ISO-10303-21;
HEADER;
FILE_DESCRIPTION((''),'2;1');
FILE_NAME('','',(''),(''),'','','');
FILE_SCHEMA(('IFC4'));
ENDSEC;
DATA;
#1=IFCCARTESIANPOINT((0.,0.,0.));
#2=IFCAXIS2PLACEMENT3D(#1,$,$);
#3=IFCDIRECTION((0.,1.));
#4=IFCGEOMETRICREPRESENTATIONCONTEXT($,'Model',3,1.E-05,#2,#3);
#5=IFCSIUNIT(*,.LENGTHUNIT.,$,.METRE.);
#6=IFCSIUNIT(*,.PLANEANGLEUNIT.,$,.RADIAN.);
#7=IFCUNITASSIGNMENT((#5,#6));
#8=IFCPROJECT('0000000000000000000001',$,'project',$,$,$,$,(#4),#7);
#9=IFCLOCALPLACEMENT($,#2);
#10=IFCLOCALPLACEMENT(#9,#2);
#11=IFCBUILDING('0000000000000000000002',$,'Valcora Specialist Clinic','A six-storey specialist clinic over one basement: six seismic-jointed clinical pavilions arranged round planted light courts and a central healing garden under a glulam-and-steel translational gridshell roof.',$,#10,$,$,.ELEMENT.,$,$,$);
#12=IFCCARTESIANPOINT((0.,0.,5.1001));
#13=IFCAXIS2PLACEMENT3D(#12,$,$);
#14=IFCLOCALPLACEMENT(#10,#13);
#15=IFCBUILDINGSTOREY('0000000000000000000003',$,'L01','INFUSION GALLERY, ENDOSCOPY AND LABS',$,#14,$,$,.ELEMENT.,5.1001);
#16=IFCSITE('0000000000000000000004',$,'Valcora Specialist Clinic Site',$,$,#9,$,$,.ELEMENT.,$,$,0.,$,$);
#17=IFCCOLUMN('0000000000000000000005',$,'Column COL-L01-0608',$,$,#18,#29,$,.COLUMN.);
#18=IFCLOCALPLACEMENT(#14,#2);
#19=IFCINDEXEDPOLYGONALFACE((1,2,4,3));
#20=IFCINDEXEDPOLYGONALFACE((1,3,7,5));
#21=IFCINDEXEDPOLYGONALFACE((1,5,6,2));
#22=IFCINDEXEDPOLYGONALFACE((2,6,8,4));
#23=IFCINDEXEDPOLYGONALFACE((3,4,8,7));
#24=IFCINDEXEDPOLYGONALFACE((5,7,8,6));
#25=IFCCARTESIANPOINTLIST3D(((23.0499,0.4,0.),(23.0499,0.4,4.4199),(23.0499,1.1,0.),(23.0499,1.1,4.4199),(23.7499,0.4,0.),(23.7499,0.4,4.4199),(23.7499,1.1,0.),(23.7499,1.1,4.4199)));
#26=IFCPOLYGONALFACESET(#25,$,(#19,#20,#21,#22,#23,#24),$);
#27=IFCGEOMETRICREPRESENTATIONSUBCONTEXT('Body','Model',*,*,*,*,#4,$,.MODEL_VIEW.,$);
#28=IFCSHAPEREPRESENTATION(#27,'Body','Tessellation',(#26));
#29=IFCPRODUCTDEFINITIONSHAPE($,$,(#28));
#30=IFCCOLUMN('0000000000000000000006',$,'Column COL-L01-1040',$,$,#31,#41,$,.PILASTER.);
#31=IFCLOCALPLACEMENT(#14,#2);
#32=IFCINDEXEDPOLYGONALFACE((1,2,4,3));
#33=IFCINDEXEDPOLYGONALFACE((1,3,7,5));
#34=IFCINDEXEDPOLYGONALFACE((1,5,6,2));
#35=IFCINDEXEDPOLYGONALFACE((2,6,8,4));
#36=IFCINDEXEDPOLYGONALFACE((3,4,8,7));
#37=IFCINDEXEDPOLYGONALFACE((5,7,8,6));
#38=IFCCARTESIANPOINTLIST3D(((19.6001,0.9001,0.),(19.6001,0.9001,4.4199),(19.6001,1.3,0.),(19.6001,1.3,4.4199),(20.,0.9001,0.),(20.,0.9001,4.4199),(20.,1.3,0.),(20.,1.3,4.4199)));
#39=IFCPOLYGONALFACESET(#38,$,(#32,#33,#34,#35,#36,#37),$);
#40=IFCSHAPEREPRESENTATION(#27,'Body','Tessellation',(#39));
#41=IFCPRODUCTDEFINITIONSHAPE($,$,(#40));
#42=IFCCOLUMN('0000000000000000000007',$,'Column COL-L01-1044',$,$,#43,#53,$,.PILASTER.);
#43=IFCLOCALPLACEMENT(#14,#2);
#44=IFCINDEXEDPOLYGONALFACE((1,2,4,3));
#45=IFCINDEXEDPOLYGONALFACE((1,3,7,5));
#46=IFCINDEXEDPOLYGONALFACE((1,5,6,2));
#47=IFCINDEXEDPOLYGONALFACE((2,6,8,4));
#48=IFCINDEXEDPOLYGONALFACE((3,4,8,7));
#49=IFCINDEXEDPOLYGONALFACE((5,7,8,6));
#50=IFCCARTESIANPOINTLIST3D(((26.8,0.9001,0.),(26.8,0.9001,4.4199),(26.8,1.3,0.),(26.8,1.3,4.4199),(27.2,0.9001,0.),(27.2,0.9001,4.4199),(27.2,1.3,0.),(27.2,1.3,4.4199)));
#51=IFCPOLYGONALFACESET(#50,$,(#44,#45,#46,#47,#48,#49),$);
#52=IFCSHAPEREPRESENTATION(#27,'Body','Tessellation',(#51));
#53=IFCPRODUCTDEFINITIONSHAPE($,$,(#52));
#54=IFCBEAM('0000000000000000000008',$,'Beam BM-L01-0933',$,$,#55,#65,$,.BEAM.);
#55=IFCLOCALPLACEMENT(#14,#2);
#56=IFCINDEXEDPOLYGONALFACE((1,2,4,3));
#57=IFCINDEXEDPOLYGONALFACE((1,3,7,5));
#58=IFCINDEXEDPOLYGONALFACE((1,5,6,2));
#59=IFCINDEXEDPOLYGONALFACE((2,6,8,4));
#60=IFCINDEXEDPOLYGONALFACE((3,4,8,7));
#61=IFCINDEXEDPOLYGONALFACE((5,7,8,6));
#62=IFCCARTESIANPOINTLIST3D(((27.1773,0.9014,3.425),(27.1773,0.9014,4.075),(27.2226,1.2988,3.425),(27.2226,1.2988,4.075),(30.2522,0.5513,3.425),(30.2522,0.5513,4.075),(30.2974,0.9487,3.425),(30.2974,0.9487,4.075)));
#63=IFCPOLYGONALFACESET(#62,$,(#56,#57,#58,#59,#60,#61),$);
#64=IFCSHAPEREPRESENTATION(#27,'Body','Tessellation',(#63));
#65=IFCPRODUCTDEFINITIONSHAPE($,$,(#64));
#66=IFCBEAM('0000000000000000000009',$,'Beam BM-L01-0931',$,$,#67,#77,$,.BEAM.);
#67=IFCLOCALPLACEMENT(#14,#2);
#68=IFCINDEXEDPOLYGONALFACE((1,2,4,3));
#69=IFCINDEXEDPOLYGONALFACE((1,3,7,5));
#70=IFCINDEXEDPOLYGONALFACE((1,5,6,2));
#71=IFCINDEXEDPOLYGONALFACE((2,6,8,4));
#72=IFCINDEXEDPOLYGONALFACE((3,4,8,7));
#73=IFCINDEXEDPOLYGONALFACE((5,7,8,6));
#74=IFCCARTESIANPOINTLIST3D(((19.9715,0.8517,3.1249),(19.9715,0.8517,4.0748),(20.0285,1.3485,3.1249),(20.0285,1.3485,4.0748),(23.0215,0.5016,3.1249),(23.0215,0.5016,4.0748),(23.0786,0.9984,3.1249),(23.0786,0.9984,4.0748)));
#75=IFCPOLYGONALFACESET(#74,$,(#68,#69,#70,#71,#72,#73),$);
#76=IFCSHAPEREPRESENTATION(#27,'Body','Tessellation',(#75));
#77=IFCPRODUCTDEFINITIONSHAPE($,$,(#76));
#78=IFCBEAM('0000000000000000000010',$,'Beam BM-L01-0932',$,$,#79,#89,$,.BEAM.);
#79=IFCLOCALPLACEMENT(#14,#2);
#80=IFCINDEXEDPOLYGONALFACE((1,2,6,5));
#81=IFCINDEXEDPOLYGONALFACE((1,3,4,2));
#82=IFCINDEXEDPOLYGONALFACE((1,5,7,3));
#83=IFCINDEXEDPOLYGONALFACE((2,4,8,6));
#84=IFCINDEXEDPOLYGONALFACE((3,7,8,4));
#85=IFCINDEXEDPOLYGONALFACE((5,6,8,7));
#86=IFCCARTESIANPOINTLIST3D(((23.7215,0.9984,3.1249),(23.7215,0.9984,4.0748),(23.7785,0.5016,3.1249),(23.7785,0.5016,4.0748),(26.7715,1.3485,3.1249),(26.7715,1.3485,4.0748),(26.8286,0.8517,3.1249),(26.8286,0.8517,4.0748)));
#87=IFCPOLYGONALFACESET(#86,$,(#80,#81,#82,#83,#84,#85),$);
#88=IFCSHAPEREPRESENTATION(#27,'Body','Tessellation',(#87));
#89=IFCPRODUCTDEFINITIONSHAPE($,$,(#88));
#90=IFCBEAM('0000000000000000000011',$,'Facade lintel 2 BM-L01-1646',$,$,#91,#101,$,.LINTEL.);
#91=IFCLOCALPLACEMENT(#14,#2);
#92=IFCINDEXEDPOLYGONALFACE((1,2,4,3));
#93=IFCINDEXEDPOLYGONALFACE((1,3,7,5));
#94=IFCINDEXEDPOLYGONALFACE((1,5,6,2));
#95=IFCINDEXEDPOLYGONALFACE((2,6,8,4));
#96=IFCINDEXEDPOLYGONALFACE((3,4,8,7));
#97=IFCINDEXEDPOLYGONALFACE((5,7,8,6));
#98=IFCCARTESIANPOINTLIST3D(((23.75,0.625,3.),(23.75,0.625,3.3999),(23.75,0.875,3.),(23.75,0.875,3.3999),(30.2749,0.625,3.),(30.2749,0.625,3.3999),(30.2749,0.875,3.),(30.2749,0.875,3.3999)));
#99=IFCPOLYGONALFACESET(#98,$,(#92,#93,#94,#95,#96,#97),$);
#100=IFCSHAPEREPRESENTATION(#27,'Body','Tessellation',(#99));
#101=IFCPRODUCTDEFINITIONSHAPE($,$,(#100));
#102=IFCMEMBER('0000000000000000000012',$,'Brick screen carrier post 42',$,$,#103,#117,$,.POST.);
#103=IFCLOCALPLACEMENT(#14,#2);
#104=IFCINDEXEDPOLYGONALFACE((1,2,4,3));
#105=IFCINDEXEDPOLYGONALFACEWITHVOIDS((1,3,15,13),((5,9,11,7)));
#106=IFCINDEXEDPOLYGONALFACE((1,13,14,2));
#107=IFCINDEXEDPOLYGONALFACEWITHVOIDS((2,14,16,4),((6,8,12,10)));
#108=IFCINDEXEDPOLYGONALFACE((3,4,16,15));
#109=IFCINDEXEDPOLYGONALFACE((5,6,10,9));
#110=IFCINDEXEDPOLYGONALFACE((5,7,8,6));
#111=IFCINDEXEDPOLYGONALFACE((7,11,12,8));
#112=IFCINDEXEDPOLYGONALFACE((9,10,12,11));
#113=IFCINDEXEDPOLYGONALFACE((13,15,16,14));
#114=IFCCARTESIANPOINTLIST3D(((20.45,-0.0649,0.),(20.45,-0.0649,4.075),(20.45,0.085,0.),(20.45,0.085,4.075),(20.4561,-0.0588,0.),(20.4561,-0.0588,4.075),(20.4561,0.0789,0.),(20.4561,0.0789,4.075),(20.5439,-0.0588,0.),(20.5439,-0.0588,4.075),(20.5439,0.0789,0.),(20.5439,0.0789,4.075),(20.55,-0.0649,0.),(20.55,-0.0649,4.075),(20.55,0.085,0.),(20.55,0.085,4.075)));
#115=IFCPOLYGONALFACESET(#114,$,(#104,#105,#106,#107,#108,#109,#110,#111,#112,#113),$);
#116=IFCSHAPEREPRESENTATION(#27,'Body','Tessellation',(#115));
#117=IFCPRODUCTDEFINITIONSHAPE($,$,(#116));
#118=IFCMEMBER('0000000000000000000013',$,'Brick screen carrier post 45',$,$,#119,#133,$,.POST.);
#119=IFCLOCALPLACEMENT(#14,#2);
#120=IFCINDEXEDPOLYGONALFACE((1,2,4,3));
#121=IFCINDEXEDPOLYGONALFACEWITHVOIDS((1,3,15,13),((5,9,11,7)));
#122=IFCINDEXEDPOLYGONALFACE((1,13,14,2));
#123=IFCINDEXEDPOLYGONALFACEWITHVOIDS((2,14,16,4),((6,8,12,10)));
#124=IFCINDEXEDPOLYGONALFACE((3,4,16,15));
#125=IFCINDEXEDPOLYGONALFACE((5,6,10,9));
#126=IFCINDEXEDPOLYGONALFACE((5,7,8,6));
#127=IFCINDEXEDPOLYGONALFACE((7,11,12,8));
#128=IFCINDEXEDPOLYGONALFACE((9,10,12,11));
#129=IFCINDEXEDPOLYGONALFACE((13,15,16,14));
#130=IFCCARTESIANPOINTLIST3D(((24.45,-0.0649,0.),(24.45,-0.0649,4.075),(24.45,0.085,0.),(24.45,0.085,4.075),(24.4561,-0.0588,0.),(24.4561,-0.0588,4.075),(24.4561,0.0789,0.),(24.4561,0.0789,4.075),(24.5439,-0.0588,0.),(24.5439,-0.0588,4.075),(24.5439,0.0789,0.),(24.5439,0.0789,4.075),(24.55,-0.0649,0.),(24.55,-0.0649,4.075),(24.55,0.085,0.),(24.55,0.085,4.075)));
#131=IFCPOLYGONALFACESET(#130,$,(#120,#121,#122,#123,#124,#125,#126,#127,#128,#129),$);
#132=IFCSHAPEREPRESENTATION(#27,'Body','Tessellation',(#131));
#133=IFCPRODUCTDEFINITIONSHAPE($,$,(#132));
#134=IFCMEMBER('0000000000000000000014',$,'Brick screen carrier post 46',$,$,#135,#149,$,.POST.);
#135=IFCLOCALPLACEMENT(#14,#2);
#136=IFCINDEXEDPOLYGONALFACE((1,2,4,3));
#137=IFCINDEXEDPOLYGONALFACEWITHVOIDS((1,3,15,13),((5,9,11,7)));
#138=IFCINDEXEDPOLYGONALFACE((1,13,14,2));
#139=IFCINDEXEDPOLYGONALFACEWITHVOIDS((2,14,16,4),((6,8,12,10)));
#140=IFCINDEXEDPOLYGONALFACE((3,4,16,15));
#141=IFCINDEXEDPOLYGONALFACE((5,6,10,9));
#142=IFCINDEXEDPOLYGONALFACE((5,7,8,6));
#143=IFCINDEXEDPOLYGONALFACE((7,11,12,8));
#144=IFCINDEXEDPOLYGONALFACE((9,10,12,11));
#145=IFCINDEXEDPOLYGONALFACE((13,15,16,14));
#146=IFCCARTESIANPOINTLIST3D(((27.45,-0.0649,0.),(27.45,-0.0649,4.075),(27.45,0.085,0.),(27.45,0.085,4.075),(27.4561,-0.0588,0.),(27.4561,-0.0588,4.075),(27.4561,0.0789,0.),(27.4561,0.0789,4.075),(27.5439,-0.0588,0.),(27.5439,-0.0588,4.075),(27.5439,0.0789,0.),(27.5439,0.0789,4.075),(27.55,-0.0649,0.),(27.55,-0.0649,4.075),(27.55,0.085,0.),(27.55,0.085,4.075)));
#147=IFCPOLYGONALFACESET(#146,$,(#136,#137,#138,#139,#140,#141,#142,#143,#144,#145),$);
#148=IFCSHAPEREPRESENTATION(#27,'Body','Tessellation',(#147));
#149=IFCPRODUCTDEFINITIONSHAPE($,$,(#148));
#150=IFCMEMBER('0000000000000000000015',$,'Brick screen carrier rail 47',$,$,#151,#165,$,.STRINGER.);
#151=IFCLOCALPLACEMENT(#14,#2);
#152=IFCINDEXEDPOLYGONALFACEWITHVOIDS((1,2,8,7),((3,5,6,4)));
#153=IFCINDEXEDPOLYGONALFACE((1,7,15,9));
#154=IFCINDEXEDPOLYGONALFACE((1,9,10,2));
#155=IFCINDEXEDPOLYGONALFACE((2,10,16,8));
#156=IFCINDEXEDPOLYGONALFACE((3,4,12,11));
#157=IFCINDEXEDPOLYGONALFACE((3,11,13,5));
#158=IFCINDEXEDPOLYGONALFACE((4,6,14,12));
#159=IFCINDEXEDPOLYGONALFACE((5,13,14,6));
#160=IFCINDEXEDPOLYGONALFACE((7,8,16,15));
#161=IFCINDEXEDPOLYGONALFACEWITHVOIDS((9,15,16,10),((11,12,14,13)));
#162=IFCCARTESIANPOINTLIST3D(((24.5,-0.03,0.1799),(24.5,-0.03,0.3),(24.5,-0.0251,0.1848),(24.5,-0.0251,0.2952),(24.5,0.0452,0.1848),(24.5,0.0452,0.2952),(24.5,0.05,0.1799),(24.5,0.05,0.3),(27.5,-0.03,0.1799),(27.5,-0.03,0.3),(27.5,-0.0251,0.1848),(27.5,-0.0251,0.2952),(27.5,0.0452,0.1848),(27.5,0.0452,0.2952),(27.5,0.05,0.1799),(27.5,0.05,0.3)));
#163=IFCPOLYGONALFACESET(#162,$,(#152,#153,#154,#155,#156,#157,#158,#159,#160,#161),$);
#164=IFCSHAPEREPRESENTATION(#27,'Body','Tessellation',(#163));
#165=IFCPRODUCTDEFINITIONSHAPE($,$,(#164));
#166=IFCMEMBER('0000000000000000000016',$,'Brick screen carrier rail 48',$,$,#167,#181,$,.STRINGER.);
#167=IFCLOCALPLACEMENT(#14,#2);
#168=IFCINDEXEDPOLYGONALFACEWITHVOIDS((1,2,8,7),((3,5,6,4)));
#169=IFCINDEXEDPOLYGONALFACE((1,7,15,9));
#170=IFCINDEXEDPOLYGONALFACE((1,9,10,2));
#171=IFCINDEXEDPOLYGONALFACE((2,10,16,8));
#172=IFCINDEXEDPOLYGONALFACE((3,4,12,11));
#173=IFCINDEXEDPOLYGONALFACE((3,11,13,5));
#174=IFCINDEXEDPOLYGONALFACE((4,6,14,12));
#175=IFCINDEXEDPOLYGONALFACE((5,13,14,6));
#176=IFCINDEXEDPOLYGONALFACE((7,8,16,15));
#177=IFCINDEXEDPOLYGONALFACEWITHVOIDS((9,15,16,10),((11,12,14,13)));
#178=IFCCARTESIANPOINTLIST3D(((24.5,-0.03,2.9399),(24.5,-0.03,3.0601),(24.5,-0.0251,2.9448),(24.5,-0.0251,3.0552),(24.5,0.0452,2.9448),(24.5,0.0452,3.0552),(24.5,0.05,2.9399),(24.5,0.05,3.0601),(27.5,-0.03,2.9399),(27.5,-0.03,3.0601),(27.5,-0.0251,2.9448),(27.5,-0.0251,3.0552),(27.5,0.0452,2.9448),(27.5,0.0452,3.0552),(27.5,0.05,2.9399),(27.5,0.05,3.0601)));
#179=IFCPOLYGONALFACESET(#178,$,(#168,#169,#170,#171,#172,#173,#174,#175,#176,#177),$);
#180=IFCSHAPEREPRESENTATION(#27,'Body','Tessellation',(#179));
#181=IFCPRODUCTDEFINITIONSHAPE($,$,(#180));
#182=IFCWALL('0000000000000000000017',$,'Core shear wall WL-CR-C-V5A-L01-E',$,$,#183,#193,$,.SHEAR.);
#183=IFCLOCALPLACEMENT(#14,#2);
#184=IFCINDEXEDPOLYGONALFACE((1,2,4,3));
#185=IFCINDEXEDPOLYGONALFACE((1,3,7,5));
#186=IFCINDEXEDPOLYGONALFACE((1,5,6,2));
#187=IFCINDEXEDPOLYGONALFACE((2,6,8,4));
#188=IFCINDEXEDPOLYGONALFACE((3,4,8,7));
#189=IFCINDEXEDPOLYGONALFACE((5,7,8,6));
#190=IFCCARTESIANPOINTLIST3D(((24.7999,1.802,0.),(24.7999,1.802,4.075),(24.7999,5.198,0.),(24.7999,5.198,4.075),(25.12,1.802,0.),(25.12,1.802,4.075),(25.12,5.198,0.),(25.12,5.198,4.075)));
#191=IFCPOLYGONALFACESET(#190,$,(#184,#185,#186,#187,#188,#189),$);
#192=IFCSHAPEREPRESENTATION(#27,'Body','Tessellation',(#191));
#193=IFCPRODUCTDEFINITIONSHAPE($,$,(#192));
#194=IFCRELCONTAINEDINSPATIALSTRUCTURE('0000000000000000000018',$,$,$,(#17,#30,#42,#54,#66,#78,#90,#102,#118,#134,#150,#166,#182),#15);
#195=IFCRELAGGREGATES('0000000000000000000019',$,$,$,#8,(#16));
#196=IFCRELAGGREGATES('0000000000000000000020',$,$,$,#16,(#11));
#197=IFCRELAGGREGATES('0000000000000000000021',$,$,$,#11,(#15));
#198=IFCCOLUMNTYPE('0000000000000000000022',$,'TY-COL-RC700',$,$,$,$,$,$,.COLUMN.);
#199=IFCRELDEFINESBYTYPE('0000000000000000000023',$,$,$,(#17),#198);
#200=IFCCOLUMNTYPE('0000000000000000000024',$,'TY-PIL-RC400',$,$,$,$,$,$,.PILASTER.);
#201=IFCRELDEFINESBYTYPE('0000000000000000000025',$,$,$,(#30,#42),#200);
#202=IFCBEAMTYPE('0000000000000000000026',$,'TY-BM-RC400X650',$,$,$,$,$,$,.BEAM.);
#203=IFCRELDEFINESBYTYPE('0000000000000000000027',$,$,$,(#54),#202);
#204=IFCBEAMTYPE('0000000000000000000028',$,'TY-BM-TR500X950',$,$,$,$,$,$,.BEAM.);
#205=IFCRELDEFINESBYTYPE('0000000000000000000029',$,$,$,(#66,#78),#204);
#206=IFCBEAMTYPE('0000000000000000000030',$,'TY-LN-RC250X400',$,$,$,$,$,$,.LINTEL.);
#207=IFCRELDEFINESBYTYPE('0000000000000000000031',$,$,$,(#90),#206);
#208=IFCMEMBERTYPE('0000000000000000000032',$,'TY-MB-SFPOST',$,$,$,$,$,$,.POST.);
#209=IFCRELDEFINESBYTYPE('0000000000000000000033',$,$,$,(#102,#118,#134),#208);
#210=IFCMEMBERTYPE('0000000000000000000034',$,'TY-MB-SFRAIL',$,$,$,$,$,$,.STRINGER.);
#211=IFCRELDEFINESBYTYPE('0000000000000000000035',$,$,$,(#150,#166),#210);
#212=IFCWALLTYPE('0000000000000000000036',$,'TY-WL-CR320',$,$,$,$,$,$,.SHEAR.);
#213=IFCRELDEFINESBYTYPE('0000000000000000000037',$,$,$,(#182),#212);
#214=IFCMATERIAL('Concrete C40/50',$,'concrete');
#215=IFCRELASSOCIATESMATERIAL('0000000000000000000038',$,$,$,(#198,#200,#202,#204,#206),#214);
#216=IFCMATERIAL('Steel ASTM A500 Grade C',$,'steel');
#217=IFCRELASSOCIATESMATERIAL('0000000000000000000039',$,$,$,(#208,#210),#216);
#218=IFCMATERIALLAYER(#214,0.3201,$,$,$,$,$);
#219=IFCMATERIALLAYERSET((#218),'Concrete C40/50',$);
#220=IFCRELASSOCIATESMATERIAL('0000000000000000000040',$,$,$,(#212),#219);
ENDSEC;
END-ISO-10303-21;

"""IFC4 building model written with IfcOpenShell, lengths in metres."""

from ifc_helpers import new_model, si_unit, direction, frame, frame_2d, origin, origin_2d, place, context, subcontext, project, spatial, rectangle, hollow_rectangle, extrude, material, layer, layer_set, material_profile, profile_set, type_object, element, save


model = new_model("IFC4")

# Units and contexts
model_context = context("Model", 3, precision=1e-05, world=origin(), true_north=direction((0.0, 1.0)))
body_context = subcontext(model_context, "Body", "Model", "MODEL_VIEW")
ifc_project = project(units=[si_unit("LENGTHUNIT", "METRE"), si_unit("PLANEANGLEUNIT", "RADIAN")], contexts=[model_context])

# Site, building, storey
site_placement = place(None, origin())
site = spatial("IfcSite", under=ifc_project, at=site_placement, Name="Valcora Specialist Clinic Site", CompositionType="ELEMENT", RefElevation=0.0)
building_placement = place(site_placement, origin())
building = spatial("IfcBuilding", under=site, at=building_placement, Name="Valcora Specialist Clinic", Description="A six-storey specialist clinic over one basement: six seismic-jointed clinical pavilions arranged round planted light courts and a central healing garden under a glulam-and-steel translational gridshell roof.", CompositionType="ELEMENT")
storey_placement = place(building_placement, frame((0.0, 0.0, 5.1001)))
storey = spatial("IfcBuildingStorey", under=building, at=storey_placement, Name="L01", Description="INFUSION GALLERY, ENDOSCOPY AND LABS", CompositionType="ELEMENT", Elevation=5.1001)

# Columns
ifc_material_1 = material(Name="Concrete C40/50", Category="concrete")
ifc_material_profile_1 = material_profile(ifc_material_1, rectangle(XDim=0.7, YDim=0.7, at=origin_2d()), Name="RC-COL-700X700")
ifc_profile_set_1 = profile_set([ifc_material_profile_1], Name="Concrete C40/50")
column_type_1 = type_object("IfcColumnType", Name="TY-COL-RC700", PredefinedType="COLUMN", material=ifc_profile_set_1)
column_placement = place(storey_placement, frame((23.3999, 0.75, 0.0), z_axis=(0.0, 0.0, 1.0), x_axis=(1.0, 0.0, 0.0)))
element("IfcColumn", 1, at=column_placement, inside=storey, type_object=column_type_1, Name="Column COL-L01-0608", PredefinedType="COLUMN", context=body_context, shape_type="SweptSolid", body=[
    extrude(rectangle(XDim=0.7, YDim=0.7, at=origin_2d()), origin(), (0.0, 0.0, 1.0), 4.4199),
])
ifc_material_profile_2 = material_profile(ifc_material_1, rectangle(XDim=0.3999, YDim=0.3999, at=origin_2d()), Name="RC-COL-400X400")
ifc_profile_set_2 = profile_set([ifc_material_profile_2], Name="Concrete C40/50")
column_type_2 = type_object("IfcColumnType", Name="TY-PIL-RC400", PredefinedType="PILASTER", material=ifc_profile_set_2)
for number, where, z_axis, x_axis, name in (
    (2, (19.8, 1.1001, 0.0), (0.0, 0.0, 1.0), (1.0, 0.0, 0.0), "Column COL-L01-1040"),
    (3, (27.0, 1.1001, 0.0), (0.0, 0.0, 1.0), (1.0, 0.0, 0.0), "Column COL-L01-1044"),
):
    element("IfcColumn", number, at=place(storey_placement, frame(where, z_axis=z_axis, x_axis=x_axis)), inside=storey, type_object=column_type_2, Name=name, PredefinedType="PILASTER", context=body_context, shape_type="SweptSolid", body=[
        extrude(rectangle(XDim=0.3999, YDim=0.3999, at=origin_2d()), origin(), (0.0, 0.0, 1.0), 4.4199),
    ])

# Beams
ifc_material_profile_3 = material_profile(ifc_material_1, rectangle(XDim=0.3999, YDim=0.6499, at=origin_2d()), Name="RC-BM-400X650")
ifc_profile_set_3 = profile_set([ifc_material_profile_3], Name="Concrete C40/50")
beam_type_1 = type_object("IfcBeamType", Name="TY-BM-RC400X650", PredefinedType="BEAM", material=ifc_profile_set_3)
beam_1_placement = place(storey_placement, frame((27.2, 1.1001, 3.75), z_axis=(0.993581, -0.113124, 0.0), x_axis=(0.113124, 0.993581, 0.0)))
element("IfcBeam", 4, at=beam_1_placement, inside=storey, type_object=beam_type_1, Name="Beam BM-L01-0933", PredefinedType="BEAM", context=body_context, shape_type="SweptSolid", body=[
    extrude(rectangle(XDim=0.3999, YDim=0.6499, at=origin_2d()), origin(), (0.0, 0.0, 1.0), 3.0947),
])
ifc_material_profile_4 = material_profile(ifc_material_1, rectangle(XDim=0.5, YDim=0.95, at=origin_2d()), Name="RC-BM-500X950")
ifc_profile_set_4 = profile_set([ifc_material_profile_4], Name="Concrete C40/50")
beam_type_2 = type_object("IfcBeamType", Name="TY-BM-TR500X950", PredefinedType="BEAM", material=ifc_profile_set_4)
for number, where, z_axis, x_axis, name in (
    (5, (20.0, 1.1001, 3.5999), (0.993477, -0.114036, 0.0), (0.114036, 0.993477, 0.0), "Beam BM-L01-0931"),
    (6, (23.75, 0.75, 3.5999), (0.993477, 0.114036, 0.0), (-0.114036, 0.993477, 0.0), "Beam BM-L01-0932"),
):
    element("IfcBeam", number, at=place(storey_placement, frame(where, z_axis=z_axis, x_axis=x_axis)), inside=storey, type_object=beam_type_2, Name=name, PredefinedType="BEAM", context=body_context, shape_type="SweptSolid", body=[
        extrude(rectangle(XDim=0.5, YDim=0.95, at=origin_2d()), origin(), (0.0, 0.0, 1.0), 3.0701),
    ])
ifc_material_profile_5 = material_profile(ifc_material_1, rectangle(XDim=0.25, YDim=0.3999, at=origin_2d()), Name="RC-LN-250X400")
ifc_profile_set_5 = profile_set([ifc_material_profile_5], Name="Concrete C40/50")
beam_type_3 = type_object("IfcBeamType", Name="TY-LN-RC250X400", PredefinedType="LINTEL", material=ifc_profile_set_5)
beam_2_placement = place(storey_placement, frame((23.75, 0.75, 3.2), z_axis=(1.0, 0.0, 0.0), x_axis=(0.0, 1.0, 0.0)))
element("IfcBeam", 7, at=beam_2_placement, inside=storey, type_object=beam_type_3, Name="Facade lintel 2 BM-L01-1646", PredefinedType="LINTEL", context=body_context, shape_type="SweptSolid", body=[
    extrude(rectangle(XDim=0.25, YDim=0.3999, at=origin_2d()), origin(), (0.0, 0.0, 1.0), 6.5249),
])

# Members
ifc_material_2 = material(Name="Steel ASTM A500 Grade C", Category="steel")
ifc_material_profile_6 = material_profile(ifc_material_2, hollow_rectangle(XDim=0.1001, YDim=0.1499, WallThickness=0.0061, at=origin_2d()), Name="ST-RHS-150X100X6")
ifc_profile_set_6 = profile_set([ifc_material_profile_6], Name="Steel ASTM A500 Grade C")
member_type_1 = type_object("IfcMemberType", Name="TY-MB-SFPOST", PredefinedType="POST", material=ifc_profile_set_6)
for number, where, z_axis, x_axis, name in (
    (8, (20.5, 0.01, 0.0), (0.0, 0.0, 1.0), (1.0, 0.0, 0.0), "Brick screen carrier post 42"),
    (9, (24.5, 0.01, 0.0), (0.0, 0.0, 1.0), (1.0, 0.0, 0.0), "Brick screen carrier post 45"),
    (10, (27.5, 0.01, 0.0), (0.0, 0.0, 1.0), (1.0, 0.0, 0.0), "Brick screen carrier post 46"),
):
    element("IfcMember", number, at=place(storey_placement, frame(where, z_axis=z_axis, x_axis=x_axis)), inside=storey, type_object=member_type_1, Name=name, PredefinedType="POST", context=body_context, shape_type="SweptSolid", body=[
        extrude(hollow_rectangle(XDim=0.1001, YDim=0.1499, WallThickness=0.0061, at=origin_2d()), origin(), (0.0, 0.0, 1.0), 4.075),
    ])
ifc_material_profile_7 = material_profile(ifc_material_2, hollow_rectangle(XDim=0.0801, YDim=0.1201, WallThickness=0.0049, at=origin_2d()), Name="ST-RHS-120X80X5")
ifc_profile_set_7 = profile_set([ifc_material_profile_7], Name="Steel ASTM A500 Grade C")
member_type_2 = type_object("IfcMemberType", Name="TY-MB-SFRAIL", PredefinedType="STRINGER", material=ifc_profile_set_7)
for number, where, z_axis, x_axis, name in (
    (11, (24.5, 0.01, 0.24), (1.0, 0.0, 0.0), (0.0, 1.0, 0.0), "Brick screen carrier rail 47"),
    (12, (24.5, 0.01, 3.0), (1.0, 0.0, 0.0), (0.0, 1.0, 0.0), "Brick screen carrier rail 48"),
):
    element("IfcMember", number, at=place(storey_placement, frame(where, z_axis=z_axis, x_axis=x_axis)), inside=storey, type_object=member_type_2, Name=name, PredefinedType="STRINGER", context=body_context, shape_type="SweptSolid", body=[
        extrude(hollow_rectangle(XDim=0.0801, YDim=0.1201, WallThickness=0.0049, at=origin_2d()), origin(), (0.0, 0.0, 1.0), 3.0),
    ])

# Wall
ifc_layer_1 = layer(ifc_material_1, 0.3201)
ifc_layer_set_1 = layer_set([ifc_layer_1], Name="Concrete C40/50")
wall_type_1 = type_object("IfcWallType", Name="TY-WL-CR320", PredefinedType="SHEAR", material=ifc_layer_set_1)
wall_1_placement = place(storey_placement, frame((24.96, 1.802, 0.0), z_axis=(0.0, 0.0, 1.0), x_axis=(0.0, 1.0, 0.0)))
element("IfcWall", 13, at=wall_1_placement, inside=storey, type_object=wall_type_1, Name="Core shear wall WL-CR-C-V5A-L01-E", PredefinedType="SHEAR", context=body_context, shape_type="SweptSolid", body=[
    extrude(rectangle(XDim=3.396, YDim=0.3201, at=frame_2d((1.698, 0.0))), origin(), (0.0, 0.0, 1.0), 4.075),
])

save(model, "model.ifc")
